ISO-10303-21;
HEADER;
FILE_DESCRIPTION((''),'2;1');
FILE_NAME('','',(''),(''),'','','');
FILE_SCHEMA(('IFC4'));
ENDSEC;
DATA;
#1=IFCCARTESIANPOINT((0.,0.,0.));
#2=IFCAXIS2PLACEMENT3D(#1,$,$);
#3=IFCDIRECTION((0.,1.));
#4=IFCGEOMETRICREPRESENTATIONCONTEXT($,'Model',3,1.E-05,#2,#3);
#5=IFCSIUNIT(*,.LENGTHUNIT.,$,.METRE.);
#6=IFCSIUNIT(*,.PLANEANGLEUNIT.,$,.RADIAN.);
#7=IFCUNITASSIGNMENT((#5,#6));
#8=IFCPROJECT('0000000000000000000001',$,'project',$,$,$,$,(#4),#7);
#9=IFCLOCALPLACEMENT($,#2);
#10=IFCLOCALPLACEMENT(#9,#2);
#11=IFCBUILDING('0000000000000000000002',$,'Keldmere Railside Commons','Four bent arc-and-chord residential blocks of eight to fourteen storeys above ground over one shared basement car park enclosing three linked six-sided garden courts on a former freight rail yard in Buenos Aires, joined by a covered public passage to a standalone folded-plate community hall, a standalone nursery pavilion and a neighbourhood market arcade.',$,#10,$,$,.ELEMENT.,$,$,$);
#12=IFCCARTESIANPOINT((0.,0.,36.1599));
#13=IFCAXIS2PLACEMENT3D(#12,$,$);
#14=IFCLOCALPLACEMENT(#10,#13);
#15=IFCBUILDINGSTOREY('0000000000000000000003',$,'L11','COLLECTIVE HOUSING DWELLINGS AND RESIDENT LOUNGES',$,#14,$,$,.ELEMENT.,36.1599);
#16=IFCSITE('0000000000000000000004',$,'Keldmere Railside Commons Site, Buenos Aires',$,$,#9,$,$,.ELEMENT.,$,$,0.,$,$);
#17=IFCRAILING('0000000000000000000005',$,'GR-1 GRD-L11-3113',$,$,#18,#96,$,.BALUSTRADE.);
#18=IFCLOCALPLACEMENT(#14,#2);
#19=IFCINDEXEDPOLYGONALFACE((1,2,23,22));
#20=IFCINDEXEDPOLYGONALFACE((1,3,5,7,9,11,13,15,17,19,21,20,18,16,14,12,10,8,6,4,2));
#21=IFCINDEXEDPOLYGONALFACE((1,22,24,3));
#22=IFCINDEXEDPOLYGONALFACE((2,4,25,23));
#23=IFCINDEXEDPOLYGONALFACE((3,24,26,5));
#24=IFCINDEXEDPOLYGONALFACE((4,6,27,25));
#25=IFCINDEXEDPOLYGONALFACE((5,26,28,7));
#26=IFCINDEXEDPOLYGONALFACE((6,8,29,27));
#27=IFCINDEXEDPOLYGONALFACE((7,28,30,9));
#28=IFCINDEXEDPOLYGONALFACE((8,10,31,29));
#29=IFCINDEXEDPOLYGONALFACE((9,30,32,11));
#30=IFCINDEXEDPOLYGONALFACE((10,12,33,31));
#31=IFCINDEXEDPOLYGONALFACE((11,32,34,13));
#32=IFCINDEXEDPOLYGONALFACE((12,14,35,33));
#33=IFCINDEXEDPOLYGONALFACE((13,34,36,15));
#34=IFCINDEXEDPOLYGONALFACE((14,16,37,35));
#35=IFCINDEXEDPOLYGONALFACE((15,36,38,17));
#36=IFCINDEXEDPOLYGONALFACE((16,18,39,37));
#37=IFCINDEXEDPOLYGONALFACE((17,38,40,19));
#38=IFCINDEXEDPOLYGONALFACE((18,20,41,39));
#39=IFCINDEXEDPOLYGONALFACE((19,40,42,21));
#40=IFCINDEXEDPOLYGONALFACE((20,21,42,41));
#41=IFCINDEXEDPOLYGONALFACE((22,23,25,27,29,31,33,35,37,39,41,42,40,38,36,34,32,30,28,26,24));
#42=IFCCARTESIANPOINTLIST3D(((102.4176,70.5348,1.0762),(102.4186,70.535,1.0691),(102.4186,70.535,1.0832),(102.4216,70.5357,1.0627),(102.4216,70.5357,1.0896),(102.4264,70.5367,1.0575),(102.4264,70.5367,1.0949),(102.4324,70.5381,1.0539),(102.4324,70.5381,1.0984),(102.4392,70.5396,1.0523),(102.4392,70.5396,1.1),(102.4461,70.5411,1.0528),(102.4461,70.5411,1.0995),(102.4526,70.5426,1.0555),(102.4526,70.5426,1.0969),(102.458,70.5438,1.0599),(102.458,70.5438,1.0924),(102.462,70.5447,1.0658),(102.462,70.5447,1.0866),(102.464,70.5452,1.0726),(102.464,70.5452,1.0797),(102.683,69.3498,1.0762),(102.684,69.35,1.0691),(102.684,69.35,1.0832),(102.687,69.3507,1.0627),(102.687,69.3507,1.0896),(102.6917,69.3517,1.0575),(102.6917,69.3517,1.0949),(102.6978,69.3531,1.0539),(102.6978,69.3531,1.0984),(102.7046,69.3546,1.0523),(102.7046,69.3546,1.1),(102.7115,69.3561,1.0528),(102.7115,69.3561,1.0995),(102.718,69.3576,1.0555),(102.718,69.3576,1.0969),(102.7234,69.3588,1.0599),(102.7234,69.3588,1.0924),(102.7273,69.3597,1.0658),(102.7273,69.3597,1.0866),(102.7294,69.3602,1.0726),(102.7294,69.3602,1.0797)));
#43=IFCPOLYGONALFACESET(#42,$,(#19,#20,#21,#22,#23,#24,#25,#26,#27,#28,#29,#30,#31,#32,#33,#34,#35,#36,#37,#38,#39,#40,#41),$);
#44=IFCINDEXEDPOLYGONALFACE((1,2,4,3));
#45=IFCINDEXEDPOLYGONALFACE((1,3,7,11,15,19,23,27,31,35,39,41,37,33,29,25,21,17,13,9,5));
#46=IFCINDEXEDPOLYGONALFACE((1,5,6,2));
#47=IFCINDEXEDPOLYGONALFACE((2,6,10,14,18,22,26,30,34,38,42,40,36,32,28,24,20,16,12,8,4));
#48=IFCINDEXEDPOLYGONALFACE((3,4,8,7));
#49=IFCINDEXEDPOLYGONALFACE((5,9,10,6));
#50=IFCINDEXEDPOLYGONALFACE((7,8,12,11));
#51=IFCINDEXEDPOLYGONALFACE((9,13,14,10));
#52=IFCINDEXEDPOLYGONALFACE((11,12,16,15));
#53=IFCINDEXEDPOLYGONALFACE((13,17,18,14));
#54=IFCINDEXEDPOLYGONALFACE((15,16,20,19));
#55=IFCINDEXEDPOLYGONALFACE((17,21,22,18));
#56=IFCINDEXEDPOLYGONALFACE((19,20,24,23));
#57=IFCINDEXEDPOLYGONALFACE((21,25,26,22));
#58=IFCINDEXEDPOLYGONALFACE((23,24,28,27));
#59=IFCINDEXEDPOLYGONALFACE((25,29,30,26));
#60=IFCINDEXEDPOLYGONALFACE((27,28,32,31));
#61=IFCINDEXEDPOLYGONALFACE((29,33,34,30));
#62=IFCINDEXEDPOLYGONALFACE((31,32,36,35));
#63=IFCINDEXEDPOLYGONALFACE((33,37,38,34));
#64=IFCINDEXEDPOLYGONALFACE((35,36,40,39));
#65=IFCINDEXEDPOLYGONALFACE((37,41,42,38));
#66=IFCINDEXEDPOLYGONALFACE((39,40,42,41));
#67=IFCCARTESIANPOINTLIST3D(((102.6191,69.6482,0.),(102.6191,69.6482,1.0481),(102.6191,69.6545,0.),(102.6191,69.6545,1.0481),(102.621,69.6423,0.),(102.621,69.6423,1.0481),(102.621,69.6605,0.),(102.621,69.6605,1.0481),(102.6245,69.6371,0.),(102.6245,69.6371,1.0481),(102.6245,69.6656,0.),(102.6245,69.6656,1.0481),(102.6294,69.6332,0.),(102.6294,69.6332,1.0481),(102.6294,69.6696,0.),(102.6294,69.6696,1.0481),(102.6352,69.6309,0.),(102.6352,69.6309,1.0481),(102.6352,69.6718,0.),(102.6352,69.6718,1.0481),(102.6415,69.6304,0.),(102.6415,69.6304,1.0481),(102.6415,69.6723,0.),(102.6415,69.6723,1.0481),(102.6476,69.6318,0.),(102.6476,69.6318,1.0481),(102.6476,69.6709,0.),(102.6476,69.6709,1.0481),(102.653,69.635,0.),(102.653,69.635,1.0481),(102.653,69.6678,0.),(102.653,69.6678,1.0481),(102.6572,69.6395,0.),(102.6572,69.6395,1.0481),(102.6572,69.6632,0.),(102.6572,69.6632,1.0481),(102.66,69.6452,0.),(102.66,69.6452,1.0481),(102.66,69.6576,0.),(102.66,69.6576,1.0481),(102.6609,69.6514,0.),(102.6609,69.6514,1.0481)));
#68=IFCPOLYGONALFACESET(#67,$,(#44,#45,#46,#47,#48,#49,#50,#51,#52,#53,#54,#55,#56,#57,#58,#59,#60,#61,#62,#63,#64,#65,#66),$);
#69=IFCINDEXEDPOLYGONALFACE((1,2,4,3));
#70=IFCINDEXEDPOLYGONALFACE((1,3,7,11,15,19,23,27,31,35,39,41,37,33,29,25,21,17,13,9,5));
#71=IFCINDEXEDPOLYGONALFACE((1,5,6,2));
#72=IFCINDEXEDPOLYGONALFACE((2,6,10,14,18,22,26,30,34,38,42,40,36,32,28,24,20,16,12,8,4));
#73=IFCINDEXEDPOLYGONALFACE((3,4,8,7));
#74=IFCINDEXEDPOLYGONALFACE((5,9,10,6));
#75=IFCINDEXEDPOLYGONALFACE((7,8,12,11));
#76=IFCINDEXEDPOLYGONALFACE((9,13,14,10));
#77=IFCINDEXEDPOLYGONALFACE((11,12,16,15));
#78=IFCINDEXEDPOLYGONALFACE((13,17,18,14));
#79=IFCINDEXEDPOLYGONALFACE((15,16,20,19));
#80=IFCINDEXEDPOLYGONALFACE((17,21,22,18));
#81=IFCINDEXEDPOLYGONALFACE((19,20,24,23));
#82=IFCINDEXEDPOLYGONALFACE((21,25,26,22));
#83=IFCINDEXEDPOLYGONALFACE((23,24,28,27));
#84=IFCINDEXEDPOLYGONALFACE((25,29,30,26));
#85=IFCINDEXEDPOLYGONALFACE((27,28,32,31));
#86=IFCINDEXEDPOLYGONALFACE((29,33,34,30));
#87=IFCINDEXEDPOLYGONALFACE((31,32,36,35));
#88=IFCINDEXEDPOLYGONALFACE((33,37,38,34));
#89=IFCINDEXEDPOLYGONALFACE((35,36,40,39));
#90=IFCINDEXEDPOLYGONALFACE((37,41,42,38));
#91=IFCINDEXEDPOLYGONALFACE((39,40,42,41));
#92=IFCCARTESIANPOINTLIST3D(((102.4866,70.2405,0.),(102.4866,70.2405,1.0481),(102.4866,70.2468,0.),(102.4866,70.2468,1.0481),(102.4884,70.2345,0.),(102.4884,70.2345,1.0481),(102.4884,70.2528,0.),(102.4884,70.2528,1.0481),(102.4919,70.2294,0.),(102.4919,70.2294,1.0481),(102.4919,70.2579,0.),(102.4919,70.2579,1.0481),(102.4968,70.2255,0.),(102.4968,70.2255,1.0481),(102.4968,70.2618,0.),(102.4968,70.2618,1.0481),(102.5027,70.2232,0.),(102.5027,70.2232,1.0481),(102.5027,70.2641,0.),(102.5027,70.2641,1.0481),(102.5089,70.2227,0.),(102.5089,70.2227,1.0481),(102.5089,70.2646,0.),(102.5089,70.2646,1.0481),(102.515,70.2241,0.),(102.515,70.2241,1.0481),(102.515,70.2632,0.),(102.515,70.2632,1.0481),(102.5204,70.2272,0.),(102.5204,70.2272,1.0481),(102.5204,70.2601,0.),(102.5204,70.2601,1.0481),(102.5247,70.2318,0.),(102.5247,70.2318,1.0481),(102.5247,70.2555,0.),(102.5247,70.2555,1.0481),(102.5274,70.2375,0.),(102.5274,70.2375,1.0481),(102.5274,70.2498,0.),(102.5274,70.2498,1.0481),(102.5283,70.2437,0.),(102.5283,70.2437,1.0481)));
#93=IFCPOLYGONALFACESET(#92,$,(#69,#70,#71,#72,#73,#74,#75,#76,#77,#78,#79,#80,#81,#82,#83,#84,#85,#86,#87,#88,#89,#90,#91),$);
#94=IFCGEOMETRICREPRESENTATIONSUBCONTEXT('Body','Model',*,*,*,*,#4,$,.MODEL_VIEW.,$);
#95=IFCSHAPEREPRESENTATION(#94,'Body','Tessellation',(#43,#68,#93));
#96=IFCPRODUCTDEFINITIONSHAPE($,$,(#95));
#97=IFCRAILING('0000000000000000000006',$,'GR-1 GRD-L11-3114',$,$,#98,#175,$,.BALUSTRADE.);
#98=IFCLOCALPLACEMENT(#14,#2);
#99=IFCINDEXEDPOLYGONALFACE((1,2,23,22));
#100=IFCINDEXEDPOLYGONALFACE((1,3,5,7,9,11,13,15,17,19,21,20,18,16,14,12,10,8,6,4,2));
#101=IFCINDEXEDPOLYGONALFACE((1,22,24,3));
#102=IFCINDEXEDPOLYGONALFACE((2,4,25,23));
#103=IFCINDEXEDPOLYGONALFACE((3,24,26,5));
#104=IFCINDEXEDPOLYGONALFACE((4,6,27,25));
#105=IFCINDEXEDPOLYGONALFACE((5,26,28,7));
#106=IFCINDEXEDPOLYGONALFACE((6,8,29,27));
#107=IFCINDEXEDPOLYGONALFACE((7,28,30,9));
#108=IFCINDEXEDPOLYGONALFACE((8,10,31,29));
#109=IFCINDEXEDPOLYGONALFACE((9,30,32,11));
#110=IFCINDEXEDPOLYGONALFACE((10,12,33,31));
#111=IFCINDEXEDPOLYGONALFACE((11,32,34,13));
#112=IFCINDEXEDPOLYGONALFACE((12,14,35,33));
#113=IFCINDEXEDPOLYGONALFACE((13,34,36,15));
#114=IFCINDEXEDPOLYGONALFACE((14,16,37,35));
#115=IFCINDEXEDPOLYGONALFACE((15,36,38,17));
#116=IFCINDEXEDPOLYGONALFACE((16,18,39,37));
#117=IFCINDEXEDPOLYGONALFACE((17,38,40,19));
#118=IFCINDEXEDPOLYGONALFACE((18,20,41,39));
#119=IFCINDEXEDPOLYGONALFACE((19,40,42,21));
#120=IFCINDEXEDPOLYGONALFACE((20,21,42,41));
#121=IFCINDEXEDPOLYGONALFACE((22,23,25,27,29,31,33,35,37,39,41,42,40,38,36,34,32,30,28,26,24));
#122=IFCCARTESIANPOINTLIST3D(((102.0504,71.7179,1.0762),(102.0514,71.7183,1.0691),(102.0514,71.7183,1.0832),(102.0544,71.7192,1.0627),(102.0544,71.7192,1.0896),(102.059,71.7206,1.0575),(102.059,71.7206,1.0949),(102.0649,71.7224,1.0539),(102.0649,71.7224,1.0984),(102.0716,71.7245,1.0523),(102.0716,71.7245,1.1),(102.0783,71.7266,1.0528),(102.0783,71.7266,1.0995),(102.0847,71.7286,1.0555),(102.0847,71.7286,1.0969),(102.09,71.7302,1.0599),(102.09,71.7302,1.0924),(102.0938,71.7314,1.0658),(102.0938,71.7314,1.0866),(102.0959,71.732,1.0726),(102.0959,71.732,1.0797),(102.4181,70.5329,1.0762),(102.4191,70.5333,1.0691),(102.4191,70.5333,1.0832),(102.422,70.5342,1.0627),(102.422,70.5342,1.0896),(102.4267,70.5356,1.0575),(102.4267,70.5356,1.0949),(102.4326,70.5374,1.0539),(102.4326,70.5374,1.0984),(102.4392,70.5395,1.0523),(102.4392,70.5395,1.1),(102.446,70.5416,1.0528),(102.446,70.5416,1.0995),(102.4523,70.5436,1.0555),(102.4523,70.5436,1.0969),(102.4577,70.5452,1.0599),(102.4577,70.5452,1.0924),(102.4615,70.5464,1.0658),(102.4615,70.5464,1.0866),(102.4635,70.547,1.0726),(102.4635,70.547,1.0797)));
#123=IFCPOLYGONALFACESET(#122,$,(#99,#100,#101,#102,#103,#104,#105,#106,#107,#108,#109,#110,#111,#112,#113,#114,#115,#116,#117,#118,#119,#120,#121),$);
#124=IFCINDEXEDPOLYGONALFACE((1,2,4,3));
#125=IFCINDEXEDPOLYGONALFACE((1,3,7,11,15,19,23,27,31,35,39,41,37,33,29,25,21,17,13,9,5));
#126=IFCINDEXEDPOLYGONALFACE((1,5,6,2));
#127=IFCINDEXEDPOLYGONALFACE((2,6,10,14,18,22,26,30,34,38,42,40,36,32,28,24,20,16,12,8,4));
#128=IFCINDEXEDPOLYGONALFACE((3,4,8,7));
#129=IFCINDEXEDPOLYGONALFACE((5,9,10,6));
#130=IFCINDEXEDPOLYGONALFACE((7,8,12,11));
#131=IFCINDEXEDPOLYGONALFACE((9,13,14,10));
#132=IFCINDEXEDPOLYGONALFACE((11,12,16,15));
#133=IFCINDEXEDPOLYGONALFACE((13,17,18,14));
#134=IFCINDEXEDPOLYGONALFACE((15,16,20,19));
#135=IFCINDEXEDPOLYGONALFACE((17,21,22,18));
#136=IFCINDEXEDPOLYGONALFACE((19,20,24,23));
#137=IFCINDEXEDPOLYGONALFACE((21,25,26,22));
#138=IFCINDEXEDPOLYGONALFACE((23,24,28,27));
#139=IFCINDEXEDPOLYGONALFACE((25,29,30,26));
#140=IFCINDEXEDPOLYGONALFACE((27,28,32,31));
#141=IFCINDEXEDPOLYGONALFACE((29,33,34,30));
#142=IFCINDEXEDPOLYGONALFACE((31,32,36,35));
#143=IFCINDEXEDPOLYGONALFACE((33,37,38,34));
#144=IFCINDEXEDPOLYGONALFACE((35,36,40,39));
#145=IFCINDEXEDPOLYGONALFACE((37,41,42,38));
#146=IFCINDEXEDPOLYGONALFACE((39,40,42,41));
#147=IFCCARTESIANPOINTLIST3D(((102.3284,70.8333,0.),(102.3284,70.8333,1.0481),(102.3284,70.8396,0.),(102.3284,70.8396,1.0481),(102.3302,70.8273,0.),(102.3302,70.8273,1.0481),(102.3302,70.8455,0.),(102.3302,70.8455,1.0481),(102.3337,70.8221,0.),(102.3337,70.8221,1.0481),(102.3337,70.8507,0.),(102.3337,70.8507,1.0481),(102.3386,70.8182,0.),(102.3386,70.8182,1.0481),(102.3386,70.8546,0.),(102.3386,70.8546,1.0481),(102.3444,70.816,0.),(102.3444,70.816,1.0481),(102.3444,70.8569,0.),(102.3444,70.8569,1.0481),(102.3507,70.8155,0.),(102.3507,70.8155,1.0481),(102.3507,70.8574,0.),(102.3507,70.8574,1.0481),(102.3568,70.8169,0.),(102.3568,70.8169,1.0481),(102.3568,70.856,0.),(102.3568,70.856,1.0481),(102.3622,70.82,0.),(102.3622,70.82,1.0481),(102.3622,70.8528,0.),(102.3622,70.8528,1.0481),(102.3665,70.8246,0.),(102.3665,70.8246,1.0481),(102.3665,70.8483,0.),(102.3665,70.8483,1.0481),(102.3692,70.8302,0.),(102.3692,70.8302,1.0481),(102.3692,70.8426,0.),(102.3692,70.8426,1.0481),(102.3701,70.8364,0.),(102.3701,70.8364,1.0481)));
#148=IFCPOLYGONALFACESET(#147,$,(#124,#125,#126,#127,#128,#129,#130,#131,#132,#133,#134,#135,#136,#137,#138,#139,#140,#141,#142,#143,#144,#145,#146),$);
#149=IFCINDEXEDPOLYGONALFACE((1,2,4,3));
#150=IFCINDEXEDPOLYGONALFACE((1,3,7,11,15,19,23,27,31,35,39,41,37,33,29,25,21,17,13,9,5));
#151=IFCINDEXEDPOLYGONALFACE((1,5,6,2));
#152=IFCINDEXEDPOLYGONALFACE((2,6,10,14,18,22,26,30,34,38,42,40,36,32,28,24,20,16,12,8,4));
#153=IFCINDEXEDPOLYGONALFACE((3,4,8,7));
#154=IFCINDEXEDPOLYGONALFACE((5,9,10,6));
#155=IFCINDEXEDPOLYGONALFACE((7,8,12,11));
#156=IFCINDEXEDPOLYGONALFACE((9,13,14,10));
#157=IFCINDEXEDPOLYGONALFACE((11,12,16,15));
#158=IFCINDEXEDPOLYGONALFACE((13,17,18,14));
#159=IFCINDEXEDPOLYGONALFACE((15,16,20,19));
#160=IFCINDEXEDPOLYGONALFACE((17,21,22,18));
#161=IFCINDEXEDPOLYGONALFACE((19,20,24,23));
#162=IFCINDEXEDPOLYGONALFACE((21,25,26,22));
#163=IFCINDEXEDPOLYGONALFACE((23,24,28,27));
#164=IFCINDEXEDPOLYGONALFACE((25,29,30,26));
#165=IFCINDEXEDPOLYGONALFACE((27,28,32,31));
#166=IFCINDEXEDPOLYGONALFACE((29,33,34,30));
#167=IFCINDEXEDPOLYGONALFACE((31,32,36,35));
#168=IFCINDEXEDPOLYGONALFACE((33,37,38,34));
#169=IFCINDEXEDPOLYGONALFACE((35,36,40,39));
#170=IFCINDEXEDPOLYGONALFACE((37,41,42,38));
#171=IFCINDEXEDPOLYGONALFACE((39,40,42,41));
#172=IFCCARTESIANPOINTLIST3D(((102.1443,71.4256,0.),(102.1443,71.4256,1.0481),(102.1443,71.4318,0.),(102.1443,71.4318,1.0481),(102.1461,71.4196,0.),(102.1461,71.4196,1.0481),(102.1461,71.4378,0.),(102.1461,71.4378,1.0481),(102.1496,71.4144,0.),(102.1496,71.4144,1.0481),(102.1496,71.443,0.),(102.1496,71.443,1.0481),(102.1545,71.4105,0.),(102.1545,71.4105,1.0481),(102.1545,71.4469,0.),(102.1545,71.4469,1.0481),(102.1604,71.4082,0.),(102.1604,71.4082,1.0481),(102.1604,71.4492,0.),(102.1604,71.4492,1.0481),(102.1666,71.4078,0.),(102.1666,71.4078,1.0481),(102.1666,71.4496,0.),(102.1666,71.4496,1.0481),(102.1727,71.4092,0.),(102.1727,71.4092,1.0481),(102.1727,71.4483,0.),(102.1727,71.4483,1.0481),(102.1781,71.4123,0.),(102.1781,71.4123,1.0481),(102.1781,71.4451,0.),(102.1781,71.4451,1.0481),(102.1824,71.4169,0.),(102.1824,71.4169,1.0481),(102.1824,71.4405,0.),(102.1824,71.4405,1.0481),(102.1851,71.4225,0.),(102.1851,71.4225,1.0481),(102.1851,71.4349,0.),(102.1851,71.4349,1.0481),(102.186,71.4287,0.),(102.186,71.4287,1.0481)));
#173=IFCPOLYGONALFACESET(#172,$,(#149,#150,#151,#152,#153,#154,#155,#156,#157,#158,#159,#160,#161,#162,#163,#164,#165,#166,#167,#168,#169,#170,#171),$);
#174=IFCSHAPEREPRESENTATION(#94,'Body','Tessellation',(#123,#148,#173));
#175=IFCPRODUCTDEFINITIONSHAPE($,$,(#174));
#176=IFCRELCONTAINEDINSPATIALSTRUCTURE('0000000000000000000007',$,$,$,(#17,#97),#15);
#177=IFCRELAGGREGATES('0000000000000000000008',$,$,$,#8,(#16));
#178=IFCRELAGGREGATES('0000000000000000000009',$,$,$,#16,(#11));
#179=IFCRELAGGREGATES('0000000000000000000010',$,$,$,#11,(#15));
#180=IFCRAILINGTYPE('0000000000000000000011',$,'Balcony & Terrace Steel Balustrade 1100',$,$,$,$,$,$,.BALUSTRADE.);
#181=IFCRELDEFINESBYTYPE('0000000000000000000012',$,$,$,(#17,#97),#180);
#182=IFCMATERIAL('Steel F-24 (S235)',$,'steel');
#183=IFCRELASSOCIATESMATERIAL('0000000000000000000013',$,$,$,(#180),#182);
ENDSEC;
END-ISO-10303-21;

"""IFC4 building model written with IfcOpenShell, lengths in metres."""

from ifc_helpers import new_model, si_unit, direction, frame, origin, origin_2d, place, context, subcontext, project, spatial, circle, extrude, material, type_object, element, save


model = new_model("IFC4")

# Units and contexts
model_context = context("Model", 3, precision=1e-05, world=origin(), true_north=direction((0.0, 1.0)))
body_context = subcontext(model_context, "Body", "Model", "MODEL_VIEW")
ifc_project = project(units=[si_unit("LENGTHUNIT", "METRE"), si_unit("PLANEANGLEUNIT", "RADIAN")], contexts=[model_context])

# Site, building, storey
site_placement = place(None, origin())
site = spatial("IfcSite", under=ifc_project, at=site_placement, Name="Keldmere Railside Commons Site, Buenos Aires", CompositionType="ELEMENT", RefElevation=0.0)
building_placement = place(site_placement, origin())
building = spatial("IfcBuilding", under=site, at=building_placement, Name="Keldmere Railside Commons", Description="Four bent arc-and-chord residential blocks of eight to fourteen storeys above ground over one shared basement car park enclosing three linked six-sided garden courts on a former freight rail yard in Buenos Aires, joined by a covered public passage to a standalone folded-plate community hall, a standalone nursery pavilion and a neighbourhood market arcade.", CompositionType="ELEMENT")
storey_placement = place(building_placement, frame((0.0, 0.0, 36.1599)))
storey = spatial("IfcBuildingStorey", under=building, at=storey_placement, Name="L11", Description="COLLECTIVE HOUSING DWELLINGS AND RESIDENT LOUNGES", CompositionType="ELEMENT", Elevation=36.1599)

# Shared definitions
ifc_material_1 = material(Name="Steel F-24 (S235)", Category="steel")

# Railings
railing_type_1 = type_object("IfcRailingType", Name="Balcony & Terrace Steel Balustrade 1100", PredefinedType="BALUSTRADE", material=ifc_material_1)
railing_1_placement = place(storey_placement, frame((102.7063, 69.355, 0.0)))
element("IfcRailing", 1, at=railing_1_placement, inside=storey, type_object=railing_type_1, Name="GR-1 GRD-L11-3113", PredefinedType="BALUSTRADE", context=body_context, shape_type="SweptSolid", body=[
    extrude(circle(Radius=0.0239, at=origin_2d()), frame((0.0, 0.0, 1.0762), z_axis=(-0.218527, 0.975831, 0.0), x_axis=(-0.975831, -0.218527, 0.0)), (0.0, 0.0, 1.0), 1.2144),
    extrude(circle(Radius=0.021, at=origin_2d()), frame((-0.0664, 0.2964, 0.0)), (0.0, 0.0, 1.0), 1.0481),
    extrude(circle(Radius=0.021, at=origin_2d()), frame((-0.199, 0.8887, 0.0)), (0.0, 0.0, 1.0), 1.0481),
])
railing_2_placement = place(storey_placement, frame((102.4409, 70.54, 0.0)))
element("IfcRailing", 2, at=railing_2_placement, inside=storey, type_object=railing_type_1, Name="GR-1 GRD-L11-3114", PredefinedType="BALUSTRADE", context=body_context, shape_type="SweptSolid", body=[
    extrude(circle(Radius=0.0239, at=origin_2d()), frame((0.0, 0.0, 1.0762), z_axis=(-0.296325, 0.955087, 0.0), x_axis=(-0.955087, -0.296325, 0.0)), (0.0, 0.0, 1.0), 1.2407),
    extrude(circle(Radius=0.021, at=origin_2d()), frame((-0.0918, 0.2964, 0.0)), (0.0, 0.0, 1.0), 1.0481),
    extrude(circle(Radius=0.021, at=origin_2d()), frame((-0.2759, 0.8887, 0.0)), (0.0, 0.0, 1.0), 1.0481),
])

save(model, "model.ifc")
